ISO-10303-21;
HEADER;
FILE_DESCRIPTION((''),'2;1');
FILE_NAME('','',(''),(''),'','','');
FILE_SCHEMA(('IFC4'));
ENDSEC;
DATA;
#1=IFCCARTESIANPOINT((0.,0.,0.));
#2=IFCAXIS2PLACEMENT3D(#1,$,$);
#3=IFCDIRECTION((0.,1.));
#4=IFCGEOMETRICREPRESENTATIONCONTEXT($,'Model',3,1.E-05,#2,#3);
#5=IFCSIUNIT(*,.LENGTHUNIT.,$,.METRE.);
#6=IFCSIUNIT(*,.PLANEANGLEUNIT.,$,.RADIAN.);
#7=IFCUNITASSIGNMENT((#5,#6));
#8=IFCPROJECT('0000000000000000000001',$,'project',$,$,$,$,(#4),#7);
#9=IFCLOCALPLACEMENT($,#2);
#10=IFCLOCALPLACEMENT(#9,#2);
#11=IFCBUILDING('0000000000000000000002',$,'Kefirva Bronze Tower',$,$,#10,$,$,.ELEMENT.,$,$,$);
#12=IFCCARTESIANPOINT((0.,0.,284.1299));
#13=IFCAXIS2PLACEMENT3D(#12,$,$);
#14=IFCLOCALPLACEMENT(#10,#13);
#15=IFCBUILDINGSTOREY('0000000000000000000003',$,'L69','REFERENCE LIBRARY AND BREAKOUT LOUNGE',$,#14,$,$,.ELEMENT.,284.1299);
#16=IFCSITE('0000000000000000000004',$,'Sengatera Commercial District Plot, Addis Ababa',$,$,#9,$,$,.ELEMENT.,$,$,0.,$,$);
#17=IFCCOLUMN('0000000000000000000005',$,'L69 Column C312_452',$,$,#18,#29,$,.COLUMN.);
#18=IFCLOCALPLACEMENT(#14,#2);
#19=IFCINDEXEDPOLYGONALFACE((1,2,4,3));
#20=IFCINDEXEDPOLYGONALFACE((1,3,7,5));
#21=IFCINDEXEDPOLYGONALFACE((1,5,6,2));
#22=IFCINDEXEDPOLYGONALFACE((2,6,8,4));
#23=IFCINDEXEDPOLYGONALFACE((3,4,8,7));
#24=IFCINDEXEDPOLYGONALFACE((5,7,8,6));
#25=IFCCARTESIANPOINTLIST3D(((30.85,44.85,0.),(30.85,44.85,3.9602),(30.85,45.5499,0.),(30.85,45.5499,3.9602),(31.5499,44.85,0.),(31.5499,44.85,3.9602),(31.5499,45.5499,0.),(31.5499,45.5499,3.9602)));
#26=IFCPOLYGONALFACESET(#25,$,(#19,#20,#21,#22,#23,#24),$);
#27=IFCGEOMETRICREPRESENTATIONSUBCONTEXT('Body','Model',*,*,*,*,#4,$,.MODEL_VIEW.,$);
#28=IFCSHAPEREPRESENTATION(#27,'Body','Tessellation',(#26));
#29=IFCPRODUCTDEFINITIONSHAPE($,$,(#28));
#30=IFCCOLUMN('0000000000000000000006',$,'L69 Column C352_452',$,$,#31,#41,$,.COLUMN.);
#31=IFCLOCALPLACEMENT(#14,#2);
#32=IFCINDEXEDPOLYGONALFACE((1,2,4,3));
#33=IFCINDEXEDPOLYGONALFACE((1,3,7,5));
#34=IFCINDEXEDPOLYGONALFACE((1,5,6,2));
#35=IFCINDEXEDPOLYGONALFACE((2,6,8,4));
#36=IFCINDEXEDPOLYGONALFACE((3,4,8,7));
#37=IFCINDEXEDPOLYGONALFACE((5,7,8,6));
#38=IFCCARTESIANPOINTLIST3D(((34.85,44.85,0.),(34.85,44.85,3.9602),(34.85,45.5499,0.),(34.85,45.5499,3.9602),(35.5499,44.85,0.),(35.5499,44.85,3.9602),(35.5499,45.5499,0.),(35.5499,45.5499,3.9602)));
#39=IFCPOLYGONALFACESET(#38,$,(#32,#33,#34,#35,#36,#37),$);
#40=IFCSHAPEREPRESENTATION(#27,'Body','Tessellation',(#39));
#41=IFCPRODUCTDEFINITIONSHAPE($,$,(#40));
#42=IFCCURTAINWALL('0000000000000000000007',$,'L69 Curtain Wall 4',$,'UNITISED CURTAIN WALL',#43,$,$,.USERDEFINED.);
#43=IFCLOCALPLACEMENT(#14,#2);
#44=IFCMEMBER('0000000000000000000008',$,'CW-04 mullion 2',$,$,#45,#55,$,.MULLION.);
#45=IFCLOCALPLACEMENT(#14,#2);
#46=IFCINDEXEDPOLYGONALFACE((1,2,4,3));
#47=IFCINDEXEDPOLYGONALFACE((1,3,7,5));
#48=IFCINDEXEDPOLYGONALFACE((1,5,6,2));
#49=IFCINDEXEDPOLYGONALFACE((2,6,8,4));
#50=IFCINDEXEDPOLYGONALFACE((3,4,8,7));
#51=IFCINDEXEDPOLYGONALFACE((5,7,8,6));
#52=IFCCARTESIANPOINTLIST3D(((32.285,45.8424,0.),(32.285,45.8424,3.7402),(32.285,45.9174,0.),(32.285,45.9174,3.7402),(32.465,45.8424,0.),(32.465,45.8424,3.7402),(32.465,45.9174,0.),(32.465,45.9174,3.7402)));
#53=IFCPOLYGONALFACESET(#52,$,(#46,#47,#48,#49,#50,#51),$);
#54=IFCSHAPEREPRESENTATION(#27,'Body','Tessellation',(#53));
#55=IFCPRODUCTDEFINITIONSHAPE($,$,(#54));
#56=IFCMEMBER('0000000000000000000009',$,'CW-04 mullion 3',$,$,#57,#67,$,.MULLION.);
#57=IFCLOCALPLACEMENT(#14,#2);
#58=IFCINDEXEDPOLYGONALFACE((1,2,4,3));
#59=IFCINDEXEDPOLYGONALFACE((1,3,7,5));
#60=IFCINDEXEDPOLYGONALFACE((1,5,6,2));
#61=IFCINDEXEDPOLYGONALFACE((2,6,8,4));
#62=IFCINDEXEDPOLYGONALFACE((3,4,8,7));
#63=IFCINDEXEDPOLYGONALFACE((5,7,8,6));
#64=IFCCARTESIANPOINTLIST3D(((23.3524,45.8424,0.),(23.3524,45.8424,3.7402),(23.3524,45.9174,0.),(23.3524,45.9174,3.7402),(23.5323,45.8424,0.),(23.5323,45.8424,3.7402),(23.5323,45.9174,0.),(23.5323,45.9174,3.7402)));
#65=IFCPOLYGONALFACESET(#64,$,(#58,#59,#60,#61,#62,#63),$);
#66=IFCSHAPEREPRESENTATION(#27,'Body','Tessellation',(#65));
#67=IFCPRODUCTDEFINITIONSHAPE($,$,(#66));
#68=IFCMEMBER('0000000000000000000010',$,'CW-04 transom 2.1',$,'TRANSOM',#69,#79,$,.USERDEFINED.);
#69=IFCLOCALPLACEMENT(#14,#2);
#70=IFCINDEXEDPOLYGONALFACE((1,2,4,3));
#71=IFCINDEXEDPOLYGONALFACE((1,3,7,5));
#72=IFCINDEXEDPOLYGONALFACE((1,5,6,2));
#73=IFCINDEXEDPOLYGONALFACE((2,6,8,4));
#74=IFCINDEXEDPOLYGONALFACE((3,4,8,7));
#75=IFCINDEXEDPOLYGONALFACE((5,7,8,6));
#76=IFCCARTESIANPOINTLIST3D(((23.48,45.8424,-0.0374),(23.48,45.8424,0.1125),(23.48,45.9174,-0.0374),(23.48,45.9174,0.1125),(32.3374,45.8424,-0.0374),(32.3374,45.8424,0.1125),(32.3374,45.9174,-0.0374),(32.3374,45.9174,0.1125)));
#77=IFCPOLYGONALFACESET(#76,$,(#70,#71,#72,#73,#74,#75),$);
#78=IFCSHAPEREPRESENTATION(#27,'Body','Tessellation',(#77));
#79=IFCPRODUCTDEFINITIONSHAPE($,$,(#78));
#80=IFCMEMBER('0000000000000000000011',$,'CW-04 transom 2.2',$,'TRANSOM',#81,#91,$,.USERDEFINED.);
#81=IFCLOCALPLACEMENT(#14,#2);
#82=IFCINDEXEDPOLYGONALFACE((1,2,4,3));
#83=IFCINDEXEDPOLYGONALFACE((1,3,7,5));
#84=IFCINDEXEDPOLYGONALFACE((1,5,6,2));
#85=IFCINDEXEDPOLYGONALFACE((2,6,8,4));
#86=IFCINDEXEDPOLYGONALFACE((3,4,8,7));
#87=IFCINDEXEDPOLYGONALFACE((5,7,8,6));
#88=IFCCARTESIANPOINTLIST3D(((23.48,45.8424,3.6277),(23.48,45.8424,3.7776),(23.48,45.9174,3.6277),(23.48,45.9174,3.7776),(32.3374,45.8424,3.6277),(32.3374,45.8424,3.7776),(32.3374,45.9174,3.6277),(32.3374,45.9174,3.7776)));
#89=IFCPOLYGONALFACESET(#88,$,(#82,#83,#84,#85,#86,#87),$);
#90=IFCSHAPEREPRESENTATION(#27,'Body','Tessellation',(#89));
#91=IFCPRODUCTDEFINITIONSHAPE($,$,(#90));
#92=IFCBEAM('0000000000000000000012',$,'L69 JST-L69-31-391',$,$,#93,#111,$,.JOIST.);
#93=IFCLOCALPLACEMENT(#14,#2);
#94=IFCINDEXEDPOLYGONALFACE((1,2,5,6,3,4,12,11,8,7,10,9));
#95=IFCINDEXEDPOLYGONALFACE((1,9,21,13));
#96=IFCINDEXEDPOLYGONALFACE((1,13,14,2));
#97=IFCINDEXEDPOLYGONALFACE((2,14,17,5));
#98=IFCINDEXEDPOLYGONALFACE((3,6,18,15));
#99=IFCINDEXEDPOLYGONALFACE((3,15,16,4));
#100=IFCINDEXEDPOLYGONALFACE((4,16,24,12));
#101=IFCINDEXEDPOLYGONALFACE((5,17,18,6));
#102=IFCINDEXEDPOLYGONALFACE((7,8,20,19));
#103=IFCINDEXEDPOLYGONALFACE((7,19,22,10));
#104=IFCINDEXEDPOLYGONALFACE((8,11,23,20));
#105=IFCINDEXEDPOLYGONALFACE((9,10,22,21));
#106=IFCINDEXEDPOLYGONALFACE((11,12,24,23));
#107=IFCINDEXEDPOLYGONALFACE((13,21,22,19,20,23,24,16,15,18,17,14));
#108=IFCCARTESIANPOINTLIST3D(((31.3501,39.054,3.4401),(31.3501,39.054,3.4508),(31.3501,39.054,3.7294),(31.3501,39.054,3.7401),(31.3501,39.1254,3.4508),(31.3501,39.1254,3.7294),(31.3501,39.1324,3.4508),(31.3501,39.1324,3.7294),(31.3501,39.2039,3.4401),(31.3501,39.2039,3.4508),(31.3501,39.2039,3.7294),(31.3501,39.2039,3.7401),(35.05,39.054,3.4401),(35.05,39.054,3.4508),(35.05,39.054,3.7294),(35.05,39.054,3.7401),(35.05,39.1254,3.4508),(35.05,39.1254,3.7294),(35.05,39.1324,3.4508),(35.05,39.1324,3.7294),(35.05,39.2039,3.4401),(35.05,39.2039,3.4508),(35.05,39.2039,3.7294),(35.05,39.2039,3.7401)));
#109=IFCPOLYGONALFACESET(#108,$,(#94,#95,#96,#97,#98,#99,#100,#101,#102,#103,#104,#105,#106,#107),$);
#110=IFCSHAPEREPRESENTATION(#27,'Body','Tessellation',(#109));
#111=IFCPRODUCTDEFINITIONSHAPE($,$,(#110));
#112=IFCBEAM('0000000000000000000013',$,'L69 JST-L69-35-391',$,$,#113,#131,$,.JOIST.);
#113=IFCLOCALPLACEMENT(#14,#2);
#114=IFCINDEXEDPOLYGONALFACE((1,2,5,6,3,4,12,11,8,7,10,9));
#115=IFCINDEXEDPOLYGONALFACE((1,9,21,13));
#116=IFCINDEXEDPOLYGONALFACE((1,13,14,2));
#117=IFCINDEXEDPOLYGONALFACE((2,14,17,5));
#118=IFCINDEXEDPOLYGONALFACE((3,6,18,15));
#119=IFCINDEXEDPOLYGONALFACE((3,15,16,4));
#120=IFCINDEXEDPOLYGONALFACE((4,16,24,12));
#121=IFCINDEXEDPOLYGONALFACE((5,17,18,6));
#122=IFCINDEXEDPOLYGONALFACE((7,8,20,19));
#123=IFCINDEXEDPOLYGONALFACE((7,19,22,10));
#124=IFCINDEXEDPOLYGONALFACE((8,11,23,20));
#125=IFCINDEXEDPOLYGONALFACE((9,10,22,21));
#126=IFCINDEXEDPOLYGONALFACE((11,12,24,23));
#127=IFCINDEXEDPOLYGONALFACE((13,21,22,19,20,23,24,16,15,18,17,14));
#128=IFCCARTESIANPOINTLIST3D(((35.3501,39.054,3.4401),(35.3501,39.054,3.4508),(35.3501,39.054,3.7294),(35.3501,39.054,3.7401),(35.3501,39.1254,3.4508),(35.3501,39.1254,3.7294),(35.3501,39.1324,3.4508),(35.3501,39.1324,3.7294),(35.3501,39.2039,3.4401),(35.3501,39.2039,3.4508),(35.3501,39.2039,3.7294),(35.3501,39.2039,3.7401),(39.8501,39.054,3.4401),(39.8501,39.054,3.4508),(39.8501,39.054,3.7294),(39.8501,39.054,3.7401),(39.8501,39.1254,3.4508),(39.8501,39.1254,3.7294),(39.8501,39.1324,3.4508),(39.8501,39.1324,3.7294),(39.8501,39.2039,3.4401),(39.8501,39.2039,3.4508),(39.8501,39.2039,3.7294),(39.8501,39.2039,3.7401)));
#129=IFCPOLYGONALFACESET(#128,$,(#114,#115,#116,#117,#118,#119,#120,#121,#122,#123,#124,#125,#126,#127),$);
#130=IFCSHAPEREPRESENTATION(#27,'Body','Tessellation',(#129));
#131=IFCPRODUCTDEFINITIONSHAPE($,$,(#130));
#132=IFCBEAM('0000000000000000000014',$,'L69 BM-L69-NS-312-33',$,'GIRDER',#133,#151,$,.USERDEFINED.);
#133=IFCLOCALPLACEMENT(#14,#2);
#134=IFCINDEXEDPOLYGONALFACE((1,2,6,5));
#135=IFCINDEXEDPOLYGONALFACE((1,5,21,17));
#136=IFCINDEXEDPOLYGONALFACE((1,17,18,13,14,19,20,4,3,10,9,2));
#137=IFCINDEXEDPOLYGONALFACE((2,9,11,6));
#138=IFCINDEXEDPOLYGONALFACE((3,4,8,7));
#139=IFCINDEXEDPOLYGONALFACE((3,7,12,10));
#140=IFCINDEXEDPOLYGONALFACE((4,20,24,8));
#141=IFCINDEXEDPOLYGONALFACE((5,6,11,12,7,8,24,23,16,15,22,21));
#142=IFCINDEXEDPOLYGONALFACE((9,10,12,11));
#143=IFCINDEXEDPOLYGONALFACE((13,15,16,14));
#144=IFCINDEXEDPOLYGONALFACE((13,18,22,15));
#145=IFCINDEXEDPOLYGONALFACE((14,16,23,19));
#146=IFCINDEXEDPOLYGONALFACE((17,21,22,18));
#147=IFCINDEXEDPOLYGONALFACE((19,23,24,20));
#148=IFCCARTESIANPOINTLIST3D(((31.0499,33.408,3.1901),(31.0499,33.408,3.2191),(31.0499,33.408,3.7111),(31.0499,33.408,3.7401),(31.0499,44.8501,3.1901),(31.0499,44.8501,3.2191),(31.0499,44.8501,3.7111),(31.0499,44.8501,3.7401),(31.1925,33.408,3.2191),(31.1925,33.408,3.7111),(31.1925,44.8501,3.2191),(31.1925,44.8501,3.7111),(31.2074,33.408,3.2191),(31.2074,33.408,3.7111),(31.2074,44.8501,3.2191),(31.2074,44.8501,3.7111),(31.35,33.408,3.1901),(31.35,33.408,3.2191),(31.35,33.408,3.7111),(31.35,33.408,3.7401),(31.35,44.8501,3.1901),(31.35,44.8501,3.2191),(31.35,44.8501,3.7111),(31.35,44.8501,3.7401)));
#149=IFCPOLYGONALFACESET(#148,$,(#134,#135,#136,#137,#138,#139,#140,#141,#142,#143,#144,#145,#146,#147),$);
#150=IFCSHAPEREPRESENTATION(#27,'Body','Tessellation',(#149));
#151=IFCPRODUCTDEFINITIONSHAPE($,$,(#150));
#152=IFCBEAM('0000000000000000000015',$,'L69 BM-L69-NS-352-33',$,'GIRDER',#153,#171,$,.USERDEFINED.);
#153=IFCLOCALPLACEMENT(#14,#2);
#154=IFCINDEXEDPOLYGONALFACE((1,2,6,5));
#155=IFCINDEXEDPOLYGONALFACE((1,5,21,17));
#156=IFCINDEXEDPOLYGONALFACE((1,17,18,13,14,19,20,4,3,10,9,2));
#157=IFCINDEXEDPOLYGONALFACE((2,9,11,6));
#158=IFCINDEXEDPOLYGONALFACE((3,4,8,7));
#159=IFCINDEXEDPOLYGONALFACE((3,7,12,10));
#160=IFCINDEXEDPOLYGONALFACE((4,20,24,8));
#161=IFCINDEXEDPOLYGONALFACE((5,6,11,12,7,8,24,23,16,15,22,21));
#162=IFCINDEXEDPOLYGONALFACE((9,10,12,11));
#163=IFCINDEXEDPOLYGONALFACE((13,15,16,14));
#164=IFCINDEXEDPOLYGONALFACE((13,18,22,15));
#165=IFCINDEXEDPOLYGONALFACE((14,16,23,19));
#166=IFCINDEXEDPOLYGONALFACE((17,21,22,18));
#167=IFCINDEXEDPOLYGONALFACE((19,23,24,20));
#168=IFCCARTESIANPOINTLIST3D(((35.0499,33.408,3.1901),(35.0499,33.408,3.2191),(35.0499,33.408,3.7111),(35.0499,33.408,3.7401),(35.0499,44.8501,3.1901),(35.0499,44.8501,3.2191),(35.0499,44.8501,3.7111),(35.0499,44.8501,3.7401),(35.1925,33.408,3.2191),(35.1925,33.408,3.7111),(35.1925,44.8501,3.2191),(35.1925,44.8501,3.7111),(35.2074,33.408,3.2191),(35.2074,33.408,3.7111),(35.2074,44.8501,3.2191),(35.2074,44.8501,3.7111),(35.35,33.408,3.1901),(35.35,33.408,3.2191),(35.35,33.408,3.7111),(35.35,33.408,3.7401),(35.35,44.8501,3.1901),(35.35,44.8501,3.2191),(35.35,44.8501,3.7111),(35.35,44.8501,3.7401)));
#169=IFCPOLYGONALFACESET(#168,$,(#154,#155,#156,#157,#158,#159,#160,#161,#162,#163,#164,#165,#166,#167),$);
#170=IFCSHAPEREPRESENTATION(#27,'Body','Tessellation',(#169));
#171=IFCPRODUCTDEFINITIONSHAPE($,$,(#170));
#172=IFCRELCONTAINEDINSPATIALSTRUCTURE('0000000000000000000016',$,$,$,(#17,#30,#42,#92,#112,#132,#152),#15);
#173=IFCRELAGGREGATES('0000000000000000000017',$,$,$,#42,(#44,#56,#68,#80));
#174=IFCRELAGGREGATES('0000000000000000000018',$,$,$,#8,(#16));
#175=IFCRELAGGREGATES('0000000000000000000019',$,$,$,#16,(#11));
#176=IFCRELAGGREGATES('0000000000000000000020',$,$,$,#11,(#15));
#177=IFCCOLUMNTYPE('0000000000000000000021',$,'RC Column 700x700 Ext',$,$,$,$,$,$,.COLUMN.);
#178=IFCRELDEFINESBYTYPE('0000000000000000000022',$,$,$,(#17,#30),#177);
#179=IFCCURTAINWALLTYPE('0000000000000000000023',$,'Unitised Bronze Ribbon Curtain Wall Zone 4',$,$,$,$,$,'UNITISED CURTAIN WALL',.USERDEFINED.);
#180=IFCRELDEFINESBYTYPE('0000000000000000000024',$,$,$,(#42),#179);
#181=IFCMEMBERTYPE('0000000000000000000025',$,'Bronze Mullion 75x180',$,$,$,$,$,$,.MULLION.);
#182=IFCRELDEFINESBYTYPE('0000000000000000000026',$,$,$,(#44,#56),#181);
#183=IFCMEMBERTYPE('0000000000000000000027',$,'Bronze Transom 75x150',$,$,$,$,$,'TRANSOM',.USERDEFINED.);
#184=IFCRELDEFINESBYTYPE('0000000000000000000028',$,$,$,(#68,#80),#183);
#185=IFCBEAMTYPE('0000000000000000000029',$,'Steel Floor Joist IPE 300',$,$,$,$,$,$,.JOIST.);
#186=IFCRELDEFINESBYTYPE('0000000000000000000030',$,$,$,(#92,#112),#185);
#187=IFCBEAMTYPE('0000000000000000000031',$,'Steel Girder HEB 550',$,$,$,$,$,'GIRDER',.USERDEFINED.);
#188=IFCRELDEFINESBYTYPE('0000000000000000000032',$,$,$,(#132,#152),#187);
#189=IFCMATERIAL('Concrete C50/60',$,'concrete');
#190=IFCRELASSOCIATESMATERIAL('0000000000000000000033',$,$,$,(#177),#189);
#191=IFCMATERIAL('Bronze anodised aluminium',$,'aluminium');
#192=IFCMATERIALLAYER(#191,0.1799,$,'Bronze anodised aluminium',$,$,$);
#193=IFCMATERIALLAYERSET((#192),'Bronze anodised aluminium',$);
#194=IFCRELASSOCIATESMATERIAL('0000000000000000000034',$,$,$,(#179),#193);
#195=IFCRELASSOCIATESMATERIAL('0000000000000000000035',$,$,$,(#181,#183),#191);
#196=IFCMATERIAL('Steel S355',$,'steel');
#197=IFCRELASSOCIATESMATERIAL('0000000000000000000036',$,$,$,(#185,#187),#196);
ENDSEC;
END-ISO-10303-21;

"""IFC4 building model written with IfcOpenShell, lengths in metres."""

from ifc_helpers import new_model, si_unit, direction, frame, origin, origin_2d, place, context, subcontext, project, spatial, rectangle, i_section, extrude, material, layer, layer_set, material_profile, profile_set, type_object, element, aggregate, save


model = new_model("IFC4")

# Units and contexts
model_context = context("Model", 3, precision=1e-05, world=origin(), true_north=direction((0.0, 1.0)))
body_context = subcontext(model_context, "Body", "Model", "MODEL_VIEW")
ifc_project = project(units=[si_unit("LENGTHUNIT", "METRE"), si_unit("PLANEANGLEUNIT", "RADIAN")], contexts=[model_context])

# Site, building, storey
site_placement = place(None, origin())
site = spatial("IfcSite", under=ifc_project, at=site_placement, Name="Sengatera Commercial District Plot, Addis Ababa", CompositionType="ELEMENT", RefElevation=0.0)
building_placement = place(site_placement, origin())
building = spatial("IfcBuilding", under=site, at=building_placement, Name="Kefirva Bronze Tower", CompositionType="ELEMENT")
storey_placement = place(building_placement, frame((0.0, 0.0, 284.1299)))
storey = spatial("IfcBuildingStorey", under=building, at=storey_placement, Name="L69", Description="REFERENCE LIBRARY AND BREAKOUT LOUNGE", CompositionType="ELEMENT", Elevation=284.1299)

# Columns
ifc_material_1 = material(Name="Concrete C50/60", Category="concrete")
ifc_material_profile_1 = material_profile(ifc_material_1, rectangle(XDim=0.7, YDim=0.7, at=origin_2d()), Name="RC 700x700")
ifc_profile_set_1 = profile_set([ifc_material_profile_1], Name="Concrete C50/60")
column_type = type_object("IfcColumnType", Name="RC Column 700x700 Ext", PredefinedType="COLUMN", material=ifc_profile_set_1)
for number, where, z_axis, x_axis, name in (
    (1, (31.2, 45.2, 0.0), (0.0, 0.0, 1.0), (1.0, 0.0, 0.0), "L69 Column C312_452"),
    (2, (35.2, 45.2, 0.0), (0.0, 0.0, 1.0), (1.0, 0.0, 0.0), "L69 Column C352_452"),
):
    element("IfcColumn", number, at=place(storey_placement, frame(where, z_axis=z_axis, x_axis=x_axis)), inside=storey, type_object=column_type, Name=name, PredefinedType="COLUMN", context=body_context, shape_type="SweptSolid", body=[
        extrude(rectangle(XDim=0.7, YDim=0.7, at=origin_2d()), origin(), (0.0, 0.0, 1.0), 3.9602),
    ])

# Curtain wall, members
ifc_material_2 = material(Name="Bronze anodised aluminium", Category="aluminium")
ifc_layer_1 = layer(ifc_material_2, 0.1799, Name="Bronze anodised aluminium")
ifc_layer_set_1 = layer_set([ifc_layer_1], Name="Bronze anodised aluminium")
curtain_wall_type = type_object("IfcCurtainWallType", Name="Unitised Bronze Ribbon Curtain Wall Zone 4", ElementType="UNITISED CURTAIN WALL", PredefinedType="USERDEFINED", material=ifc_layer_set_1)
curtain_wall_placement = place(storey_placement, origin())
curtain_wall = element("IfcCurtainWall", 3, at=curtain_wall_placement, inside=storey, type_object=curtain_wall_type, Name="L69 Curtain Wall 4", ObjectType="UNITISED CURTAIN WALL", PredefinedType="USERDEFINED")
ifc_material_profile_2 = material_profile(ifc_material_2, rectangle(XDim=0.075, YDim=0.1799, at=origin_2d()), Name="ALU 75x180")
ifc_profile_set_2 = profile_set([ifc_material_profile_2], Name="Bronze anodised aluminium")
member_type_1 = type_object("IfcMemberType", Name="Bronze Mullion 75x180", PredefinedType="MULLION", material=ifc_profile_set_2)
member_1_placement = place(storey_placement, frame((32.375, 45.8799, 0.0), z_axis=(0.0, 0.0, 1.0), x_axis=(0.0, -1.0, 0.0)))
member_1 = element("IfcMember", 4, at=member_1_placement, type_object=member_type_1, Name="CW-04 mullion 2", PredefinedType="MULLION", context=body_context, shape_type="SweptSolid", body=[
    extrude(rectangle(XDim=0.075, YDim=0.1799, at=origin_2d()), origin(), (0.0, 0.0, 1.0), 3.7402),
])
member_2_placement = place(storey_placement, frame((23.4424, 45.8799, 0.0), z_axis=(0.0, 0.0, 1.0), x_axis=(0.0, -1.0, 0.0)))
member_2 = element("IfcMember", 5, at=member_2_placement, type_object=member_type_1, Name="CW-04 mullion 3", PredefinedType="MULLION", context=body_context, shape_type="SweptSolid", body=[
    extrude(rectangle(XDim=0.075, YDim=0.1799, at=origin_2d()), origin(), (0.0, 0.0, 1.0), 3.7402),
])
ifc_material_profile_3 = material_profile(ifc_material_2, rectangle(XDim=0.075, YDim=0.1499, at=origin_2d()), Name="ALU 75x150")
ifc_profile_set_3 = profile_set([ifc_material_profile_3], Name="Bronze anodised aluminium")
member_type_2 = type_object("IfcMemberType", Name="Bronze Transom 75x150", ElementType="TRANSOM", PredefinedType="USERDEFINED", material=ifc_profile_set_3)
member_3_placement = place(storey_placement, frame((32.3374, 45.8799, 0.0376), z_axis=(-1.0, 0.0, 0.0), x_axis=(0.0, -1.0, 0.0)))
member_3 = element("IfcMember", 6, at=member_3_placement, type_object=member_type_2, Name="CW-04 transom 2.1", ObjectType="TRANSOM", PredefinedType="USERDEFINED", context=body_context, shape_type="SweptSolid", body=[
    extrude(rectangle(XDim=0.075, YDim=0.1499, at=origin_2d()), origin(), (0.0, 0.0, 1.0), 8.8574),
])
member_4_placement = place(storey_placement, frame((32.3374, 45.8799, 3.7026), z_axis=(-1.0, 0.0, 0.0), x_axis=(0.0, -1.0, 0.0)))
member_4 = element("IfcMember", 7, at=member_4_placement, type_object=member_type_2, Name="CW-04 transom 2.2", ObjectType="TRANSOM", PredefinedType="USERDEFINED", context=body_context, shape_type="SweptSolid", body=[
    extrude(rectangle(XDim=0.075, YDim=0.1499, at=origin_2d()), origin(), (0.0, 0.0, 1.0), 8.8574),
])

# Beams
ifc_material_3 = material(Name="Steel S355", Category="steel")
ifc_material_profile_4 = material_profile(ifc_material_3, i_section(OverallWidth=0.1499, OverallDepth=0.3, WebThickness=0.0071, FlangeThickness=0.0107, at=origin_2d()), Name="IPE 300")
ifc_profile_set_4 = profile_set([ifc_material_profile_4], Name="Steel S355")
beam_type_1 = type_object("IfcBeamType", Name="Steel Floor Joist IPE 300", PredefinedType="JOIST", material=ifc_profile_set_4)
beam_1_placement = place(storey_placement, frame((31.3501, 39.1289, 3.5901), z_axis=(1.0, 0.0, 0.0), x_axis=(0.0, 1.0, 0.0)))
element("IfcBeam", 8, at=beam_1_placement, inside=storey, type_object=beam_type_1, Name="L69 JST-L69-31-391", PredefinedType="JOIST", context=body_context, shape_type="SweptSolid", body=[
    extrude(i_section(OverallWidth=0.1499, OverallDepth=0.3, WebThickness=0.0071, FlangeThickness=0.0107, at=origin_2d()), origin(), (0.0, 0.0, 1.0), 3.7),
])
beam_2_placement = place(storey_placement, frame((35.3501, 39.1289, 3.5901), z_axis=(1.0, 0.0, 0.0), x_axis=(0.0, 1.0, 0.0)))
element("IfcBeam", 9, at=beam_2_placement, inside=storey, type_object=beam_type_1, Name="L69 JST-L69-35-391", PredefinedType="JOIST", context=body_context, shape_type="SweptSolid", body=[
    extrude(i_section(OverallWidth=0.1499, OverallDepth=0.3, WebThickness=0.0071, FlangeThickness=0.0107, at=origin_2d()), origin(), (0.0, 0.0, 1.0), 4.5),
])
ifc_material_profile_5 = material_profile(ifc_material_3, i_section(OverallWidth=0.3, OverallDepth=0.55, WebThickness=0.0149, FlangeThickness=0.0291, at=origin_2d()), Name="HEB 550")
ifc_profile_set_5 = profile_set([ifc_material_profile_5], Name="Steel S355")
beam_type_2 = type_object("IfcBeamType", Name="Steel Girder HEB 550", ElementType="GIRDER", PredefinedType="USERDEFINED", material=ifc_profile_set_5)
for number, where, z_axis, x_axis, name in (
    (10, (31.2, 33.408, 3.4651), (0.0, 1.0, 0.0), (-1.0, 0.0, 0.0), "L69 BM-L69-NS-312-33"),
    (11, (35.2, 33.408, 3.4651), (0.0, 1.0, 0.0), (-1.0, 0.0, 0.0), "L69 BM-L69-NS-352-33"),
):
    element("IfcBeam", number, at=place(storey_placement, frame(where, z_axis=z_axis, x_axis=x_axis)), inside=storey, type_object=beam_type_2, Name=name, ObjectType="GIRDER", PredefinedType="USERDEFINED", context=body_context, shape_type="SweptSolid", body=[
        extrude(i_section(OverallWidth=0.3, OverallDepth=0.55, WebThickness=0.0149, FlangeThickness=0.0291, at=origin_2d()), origin(), (0.0, 0.0, 1.0), 11.4421),
    ])

aggregate(curtain_wall, [member_1, member_2, member_3, member_4])

save(model, "model.ifc")
